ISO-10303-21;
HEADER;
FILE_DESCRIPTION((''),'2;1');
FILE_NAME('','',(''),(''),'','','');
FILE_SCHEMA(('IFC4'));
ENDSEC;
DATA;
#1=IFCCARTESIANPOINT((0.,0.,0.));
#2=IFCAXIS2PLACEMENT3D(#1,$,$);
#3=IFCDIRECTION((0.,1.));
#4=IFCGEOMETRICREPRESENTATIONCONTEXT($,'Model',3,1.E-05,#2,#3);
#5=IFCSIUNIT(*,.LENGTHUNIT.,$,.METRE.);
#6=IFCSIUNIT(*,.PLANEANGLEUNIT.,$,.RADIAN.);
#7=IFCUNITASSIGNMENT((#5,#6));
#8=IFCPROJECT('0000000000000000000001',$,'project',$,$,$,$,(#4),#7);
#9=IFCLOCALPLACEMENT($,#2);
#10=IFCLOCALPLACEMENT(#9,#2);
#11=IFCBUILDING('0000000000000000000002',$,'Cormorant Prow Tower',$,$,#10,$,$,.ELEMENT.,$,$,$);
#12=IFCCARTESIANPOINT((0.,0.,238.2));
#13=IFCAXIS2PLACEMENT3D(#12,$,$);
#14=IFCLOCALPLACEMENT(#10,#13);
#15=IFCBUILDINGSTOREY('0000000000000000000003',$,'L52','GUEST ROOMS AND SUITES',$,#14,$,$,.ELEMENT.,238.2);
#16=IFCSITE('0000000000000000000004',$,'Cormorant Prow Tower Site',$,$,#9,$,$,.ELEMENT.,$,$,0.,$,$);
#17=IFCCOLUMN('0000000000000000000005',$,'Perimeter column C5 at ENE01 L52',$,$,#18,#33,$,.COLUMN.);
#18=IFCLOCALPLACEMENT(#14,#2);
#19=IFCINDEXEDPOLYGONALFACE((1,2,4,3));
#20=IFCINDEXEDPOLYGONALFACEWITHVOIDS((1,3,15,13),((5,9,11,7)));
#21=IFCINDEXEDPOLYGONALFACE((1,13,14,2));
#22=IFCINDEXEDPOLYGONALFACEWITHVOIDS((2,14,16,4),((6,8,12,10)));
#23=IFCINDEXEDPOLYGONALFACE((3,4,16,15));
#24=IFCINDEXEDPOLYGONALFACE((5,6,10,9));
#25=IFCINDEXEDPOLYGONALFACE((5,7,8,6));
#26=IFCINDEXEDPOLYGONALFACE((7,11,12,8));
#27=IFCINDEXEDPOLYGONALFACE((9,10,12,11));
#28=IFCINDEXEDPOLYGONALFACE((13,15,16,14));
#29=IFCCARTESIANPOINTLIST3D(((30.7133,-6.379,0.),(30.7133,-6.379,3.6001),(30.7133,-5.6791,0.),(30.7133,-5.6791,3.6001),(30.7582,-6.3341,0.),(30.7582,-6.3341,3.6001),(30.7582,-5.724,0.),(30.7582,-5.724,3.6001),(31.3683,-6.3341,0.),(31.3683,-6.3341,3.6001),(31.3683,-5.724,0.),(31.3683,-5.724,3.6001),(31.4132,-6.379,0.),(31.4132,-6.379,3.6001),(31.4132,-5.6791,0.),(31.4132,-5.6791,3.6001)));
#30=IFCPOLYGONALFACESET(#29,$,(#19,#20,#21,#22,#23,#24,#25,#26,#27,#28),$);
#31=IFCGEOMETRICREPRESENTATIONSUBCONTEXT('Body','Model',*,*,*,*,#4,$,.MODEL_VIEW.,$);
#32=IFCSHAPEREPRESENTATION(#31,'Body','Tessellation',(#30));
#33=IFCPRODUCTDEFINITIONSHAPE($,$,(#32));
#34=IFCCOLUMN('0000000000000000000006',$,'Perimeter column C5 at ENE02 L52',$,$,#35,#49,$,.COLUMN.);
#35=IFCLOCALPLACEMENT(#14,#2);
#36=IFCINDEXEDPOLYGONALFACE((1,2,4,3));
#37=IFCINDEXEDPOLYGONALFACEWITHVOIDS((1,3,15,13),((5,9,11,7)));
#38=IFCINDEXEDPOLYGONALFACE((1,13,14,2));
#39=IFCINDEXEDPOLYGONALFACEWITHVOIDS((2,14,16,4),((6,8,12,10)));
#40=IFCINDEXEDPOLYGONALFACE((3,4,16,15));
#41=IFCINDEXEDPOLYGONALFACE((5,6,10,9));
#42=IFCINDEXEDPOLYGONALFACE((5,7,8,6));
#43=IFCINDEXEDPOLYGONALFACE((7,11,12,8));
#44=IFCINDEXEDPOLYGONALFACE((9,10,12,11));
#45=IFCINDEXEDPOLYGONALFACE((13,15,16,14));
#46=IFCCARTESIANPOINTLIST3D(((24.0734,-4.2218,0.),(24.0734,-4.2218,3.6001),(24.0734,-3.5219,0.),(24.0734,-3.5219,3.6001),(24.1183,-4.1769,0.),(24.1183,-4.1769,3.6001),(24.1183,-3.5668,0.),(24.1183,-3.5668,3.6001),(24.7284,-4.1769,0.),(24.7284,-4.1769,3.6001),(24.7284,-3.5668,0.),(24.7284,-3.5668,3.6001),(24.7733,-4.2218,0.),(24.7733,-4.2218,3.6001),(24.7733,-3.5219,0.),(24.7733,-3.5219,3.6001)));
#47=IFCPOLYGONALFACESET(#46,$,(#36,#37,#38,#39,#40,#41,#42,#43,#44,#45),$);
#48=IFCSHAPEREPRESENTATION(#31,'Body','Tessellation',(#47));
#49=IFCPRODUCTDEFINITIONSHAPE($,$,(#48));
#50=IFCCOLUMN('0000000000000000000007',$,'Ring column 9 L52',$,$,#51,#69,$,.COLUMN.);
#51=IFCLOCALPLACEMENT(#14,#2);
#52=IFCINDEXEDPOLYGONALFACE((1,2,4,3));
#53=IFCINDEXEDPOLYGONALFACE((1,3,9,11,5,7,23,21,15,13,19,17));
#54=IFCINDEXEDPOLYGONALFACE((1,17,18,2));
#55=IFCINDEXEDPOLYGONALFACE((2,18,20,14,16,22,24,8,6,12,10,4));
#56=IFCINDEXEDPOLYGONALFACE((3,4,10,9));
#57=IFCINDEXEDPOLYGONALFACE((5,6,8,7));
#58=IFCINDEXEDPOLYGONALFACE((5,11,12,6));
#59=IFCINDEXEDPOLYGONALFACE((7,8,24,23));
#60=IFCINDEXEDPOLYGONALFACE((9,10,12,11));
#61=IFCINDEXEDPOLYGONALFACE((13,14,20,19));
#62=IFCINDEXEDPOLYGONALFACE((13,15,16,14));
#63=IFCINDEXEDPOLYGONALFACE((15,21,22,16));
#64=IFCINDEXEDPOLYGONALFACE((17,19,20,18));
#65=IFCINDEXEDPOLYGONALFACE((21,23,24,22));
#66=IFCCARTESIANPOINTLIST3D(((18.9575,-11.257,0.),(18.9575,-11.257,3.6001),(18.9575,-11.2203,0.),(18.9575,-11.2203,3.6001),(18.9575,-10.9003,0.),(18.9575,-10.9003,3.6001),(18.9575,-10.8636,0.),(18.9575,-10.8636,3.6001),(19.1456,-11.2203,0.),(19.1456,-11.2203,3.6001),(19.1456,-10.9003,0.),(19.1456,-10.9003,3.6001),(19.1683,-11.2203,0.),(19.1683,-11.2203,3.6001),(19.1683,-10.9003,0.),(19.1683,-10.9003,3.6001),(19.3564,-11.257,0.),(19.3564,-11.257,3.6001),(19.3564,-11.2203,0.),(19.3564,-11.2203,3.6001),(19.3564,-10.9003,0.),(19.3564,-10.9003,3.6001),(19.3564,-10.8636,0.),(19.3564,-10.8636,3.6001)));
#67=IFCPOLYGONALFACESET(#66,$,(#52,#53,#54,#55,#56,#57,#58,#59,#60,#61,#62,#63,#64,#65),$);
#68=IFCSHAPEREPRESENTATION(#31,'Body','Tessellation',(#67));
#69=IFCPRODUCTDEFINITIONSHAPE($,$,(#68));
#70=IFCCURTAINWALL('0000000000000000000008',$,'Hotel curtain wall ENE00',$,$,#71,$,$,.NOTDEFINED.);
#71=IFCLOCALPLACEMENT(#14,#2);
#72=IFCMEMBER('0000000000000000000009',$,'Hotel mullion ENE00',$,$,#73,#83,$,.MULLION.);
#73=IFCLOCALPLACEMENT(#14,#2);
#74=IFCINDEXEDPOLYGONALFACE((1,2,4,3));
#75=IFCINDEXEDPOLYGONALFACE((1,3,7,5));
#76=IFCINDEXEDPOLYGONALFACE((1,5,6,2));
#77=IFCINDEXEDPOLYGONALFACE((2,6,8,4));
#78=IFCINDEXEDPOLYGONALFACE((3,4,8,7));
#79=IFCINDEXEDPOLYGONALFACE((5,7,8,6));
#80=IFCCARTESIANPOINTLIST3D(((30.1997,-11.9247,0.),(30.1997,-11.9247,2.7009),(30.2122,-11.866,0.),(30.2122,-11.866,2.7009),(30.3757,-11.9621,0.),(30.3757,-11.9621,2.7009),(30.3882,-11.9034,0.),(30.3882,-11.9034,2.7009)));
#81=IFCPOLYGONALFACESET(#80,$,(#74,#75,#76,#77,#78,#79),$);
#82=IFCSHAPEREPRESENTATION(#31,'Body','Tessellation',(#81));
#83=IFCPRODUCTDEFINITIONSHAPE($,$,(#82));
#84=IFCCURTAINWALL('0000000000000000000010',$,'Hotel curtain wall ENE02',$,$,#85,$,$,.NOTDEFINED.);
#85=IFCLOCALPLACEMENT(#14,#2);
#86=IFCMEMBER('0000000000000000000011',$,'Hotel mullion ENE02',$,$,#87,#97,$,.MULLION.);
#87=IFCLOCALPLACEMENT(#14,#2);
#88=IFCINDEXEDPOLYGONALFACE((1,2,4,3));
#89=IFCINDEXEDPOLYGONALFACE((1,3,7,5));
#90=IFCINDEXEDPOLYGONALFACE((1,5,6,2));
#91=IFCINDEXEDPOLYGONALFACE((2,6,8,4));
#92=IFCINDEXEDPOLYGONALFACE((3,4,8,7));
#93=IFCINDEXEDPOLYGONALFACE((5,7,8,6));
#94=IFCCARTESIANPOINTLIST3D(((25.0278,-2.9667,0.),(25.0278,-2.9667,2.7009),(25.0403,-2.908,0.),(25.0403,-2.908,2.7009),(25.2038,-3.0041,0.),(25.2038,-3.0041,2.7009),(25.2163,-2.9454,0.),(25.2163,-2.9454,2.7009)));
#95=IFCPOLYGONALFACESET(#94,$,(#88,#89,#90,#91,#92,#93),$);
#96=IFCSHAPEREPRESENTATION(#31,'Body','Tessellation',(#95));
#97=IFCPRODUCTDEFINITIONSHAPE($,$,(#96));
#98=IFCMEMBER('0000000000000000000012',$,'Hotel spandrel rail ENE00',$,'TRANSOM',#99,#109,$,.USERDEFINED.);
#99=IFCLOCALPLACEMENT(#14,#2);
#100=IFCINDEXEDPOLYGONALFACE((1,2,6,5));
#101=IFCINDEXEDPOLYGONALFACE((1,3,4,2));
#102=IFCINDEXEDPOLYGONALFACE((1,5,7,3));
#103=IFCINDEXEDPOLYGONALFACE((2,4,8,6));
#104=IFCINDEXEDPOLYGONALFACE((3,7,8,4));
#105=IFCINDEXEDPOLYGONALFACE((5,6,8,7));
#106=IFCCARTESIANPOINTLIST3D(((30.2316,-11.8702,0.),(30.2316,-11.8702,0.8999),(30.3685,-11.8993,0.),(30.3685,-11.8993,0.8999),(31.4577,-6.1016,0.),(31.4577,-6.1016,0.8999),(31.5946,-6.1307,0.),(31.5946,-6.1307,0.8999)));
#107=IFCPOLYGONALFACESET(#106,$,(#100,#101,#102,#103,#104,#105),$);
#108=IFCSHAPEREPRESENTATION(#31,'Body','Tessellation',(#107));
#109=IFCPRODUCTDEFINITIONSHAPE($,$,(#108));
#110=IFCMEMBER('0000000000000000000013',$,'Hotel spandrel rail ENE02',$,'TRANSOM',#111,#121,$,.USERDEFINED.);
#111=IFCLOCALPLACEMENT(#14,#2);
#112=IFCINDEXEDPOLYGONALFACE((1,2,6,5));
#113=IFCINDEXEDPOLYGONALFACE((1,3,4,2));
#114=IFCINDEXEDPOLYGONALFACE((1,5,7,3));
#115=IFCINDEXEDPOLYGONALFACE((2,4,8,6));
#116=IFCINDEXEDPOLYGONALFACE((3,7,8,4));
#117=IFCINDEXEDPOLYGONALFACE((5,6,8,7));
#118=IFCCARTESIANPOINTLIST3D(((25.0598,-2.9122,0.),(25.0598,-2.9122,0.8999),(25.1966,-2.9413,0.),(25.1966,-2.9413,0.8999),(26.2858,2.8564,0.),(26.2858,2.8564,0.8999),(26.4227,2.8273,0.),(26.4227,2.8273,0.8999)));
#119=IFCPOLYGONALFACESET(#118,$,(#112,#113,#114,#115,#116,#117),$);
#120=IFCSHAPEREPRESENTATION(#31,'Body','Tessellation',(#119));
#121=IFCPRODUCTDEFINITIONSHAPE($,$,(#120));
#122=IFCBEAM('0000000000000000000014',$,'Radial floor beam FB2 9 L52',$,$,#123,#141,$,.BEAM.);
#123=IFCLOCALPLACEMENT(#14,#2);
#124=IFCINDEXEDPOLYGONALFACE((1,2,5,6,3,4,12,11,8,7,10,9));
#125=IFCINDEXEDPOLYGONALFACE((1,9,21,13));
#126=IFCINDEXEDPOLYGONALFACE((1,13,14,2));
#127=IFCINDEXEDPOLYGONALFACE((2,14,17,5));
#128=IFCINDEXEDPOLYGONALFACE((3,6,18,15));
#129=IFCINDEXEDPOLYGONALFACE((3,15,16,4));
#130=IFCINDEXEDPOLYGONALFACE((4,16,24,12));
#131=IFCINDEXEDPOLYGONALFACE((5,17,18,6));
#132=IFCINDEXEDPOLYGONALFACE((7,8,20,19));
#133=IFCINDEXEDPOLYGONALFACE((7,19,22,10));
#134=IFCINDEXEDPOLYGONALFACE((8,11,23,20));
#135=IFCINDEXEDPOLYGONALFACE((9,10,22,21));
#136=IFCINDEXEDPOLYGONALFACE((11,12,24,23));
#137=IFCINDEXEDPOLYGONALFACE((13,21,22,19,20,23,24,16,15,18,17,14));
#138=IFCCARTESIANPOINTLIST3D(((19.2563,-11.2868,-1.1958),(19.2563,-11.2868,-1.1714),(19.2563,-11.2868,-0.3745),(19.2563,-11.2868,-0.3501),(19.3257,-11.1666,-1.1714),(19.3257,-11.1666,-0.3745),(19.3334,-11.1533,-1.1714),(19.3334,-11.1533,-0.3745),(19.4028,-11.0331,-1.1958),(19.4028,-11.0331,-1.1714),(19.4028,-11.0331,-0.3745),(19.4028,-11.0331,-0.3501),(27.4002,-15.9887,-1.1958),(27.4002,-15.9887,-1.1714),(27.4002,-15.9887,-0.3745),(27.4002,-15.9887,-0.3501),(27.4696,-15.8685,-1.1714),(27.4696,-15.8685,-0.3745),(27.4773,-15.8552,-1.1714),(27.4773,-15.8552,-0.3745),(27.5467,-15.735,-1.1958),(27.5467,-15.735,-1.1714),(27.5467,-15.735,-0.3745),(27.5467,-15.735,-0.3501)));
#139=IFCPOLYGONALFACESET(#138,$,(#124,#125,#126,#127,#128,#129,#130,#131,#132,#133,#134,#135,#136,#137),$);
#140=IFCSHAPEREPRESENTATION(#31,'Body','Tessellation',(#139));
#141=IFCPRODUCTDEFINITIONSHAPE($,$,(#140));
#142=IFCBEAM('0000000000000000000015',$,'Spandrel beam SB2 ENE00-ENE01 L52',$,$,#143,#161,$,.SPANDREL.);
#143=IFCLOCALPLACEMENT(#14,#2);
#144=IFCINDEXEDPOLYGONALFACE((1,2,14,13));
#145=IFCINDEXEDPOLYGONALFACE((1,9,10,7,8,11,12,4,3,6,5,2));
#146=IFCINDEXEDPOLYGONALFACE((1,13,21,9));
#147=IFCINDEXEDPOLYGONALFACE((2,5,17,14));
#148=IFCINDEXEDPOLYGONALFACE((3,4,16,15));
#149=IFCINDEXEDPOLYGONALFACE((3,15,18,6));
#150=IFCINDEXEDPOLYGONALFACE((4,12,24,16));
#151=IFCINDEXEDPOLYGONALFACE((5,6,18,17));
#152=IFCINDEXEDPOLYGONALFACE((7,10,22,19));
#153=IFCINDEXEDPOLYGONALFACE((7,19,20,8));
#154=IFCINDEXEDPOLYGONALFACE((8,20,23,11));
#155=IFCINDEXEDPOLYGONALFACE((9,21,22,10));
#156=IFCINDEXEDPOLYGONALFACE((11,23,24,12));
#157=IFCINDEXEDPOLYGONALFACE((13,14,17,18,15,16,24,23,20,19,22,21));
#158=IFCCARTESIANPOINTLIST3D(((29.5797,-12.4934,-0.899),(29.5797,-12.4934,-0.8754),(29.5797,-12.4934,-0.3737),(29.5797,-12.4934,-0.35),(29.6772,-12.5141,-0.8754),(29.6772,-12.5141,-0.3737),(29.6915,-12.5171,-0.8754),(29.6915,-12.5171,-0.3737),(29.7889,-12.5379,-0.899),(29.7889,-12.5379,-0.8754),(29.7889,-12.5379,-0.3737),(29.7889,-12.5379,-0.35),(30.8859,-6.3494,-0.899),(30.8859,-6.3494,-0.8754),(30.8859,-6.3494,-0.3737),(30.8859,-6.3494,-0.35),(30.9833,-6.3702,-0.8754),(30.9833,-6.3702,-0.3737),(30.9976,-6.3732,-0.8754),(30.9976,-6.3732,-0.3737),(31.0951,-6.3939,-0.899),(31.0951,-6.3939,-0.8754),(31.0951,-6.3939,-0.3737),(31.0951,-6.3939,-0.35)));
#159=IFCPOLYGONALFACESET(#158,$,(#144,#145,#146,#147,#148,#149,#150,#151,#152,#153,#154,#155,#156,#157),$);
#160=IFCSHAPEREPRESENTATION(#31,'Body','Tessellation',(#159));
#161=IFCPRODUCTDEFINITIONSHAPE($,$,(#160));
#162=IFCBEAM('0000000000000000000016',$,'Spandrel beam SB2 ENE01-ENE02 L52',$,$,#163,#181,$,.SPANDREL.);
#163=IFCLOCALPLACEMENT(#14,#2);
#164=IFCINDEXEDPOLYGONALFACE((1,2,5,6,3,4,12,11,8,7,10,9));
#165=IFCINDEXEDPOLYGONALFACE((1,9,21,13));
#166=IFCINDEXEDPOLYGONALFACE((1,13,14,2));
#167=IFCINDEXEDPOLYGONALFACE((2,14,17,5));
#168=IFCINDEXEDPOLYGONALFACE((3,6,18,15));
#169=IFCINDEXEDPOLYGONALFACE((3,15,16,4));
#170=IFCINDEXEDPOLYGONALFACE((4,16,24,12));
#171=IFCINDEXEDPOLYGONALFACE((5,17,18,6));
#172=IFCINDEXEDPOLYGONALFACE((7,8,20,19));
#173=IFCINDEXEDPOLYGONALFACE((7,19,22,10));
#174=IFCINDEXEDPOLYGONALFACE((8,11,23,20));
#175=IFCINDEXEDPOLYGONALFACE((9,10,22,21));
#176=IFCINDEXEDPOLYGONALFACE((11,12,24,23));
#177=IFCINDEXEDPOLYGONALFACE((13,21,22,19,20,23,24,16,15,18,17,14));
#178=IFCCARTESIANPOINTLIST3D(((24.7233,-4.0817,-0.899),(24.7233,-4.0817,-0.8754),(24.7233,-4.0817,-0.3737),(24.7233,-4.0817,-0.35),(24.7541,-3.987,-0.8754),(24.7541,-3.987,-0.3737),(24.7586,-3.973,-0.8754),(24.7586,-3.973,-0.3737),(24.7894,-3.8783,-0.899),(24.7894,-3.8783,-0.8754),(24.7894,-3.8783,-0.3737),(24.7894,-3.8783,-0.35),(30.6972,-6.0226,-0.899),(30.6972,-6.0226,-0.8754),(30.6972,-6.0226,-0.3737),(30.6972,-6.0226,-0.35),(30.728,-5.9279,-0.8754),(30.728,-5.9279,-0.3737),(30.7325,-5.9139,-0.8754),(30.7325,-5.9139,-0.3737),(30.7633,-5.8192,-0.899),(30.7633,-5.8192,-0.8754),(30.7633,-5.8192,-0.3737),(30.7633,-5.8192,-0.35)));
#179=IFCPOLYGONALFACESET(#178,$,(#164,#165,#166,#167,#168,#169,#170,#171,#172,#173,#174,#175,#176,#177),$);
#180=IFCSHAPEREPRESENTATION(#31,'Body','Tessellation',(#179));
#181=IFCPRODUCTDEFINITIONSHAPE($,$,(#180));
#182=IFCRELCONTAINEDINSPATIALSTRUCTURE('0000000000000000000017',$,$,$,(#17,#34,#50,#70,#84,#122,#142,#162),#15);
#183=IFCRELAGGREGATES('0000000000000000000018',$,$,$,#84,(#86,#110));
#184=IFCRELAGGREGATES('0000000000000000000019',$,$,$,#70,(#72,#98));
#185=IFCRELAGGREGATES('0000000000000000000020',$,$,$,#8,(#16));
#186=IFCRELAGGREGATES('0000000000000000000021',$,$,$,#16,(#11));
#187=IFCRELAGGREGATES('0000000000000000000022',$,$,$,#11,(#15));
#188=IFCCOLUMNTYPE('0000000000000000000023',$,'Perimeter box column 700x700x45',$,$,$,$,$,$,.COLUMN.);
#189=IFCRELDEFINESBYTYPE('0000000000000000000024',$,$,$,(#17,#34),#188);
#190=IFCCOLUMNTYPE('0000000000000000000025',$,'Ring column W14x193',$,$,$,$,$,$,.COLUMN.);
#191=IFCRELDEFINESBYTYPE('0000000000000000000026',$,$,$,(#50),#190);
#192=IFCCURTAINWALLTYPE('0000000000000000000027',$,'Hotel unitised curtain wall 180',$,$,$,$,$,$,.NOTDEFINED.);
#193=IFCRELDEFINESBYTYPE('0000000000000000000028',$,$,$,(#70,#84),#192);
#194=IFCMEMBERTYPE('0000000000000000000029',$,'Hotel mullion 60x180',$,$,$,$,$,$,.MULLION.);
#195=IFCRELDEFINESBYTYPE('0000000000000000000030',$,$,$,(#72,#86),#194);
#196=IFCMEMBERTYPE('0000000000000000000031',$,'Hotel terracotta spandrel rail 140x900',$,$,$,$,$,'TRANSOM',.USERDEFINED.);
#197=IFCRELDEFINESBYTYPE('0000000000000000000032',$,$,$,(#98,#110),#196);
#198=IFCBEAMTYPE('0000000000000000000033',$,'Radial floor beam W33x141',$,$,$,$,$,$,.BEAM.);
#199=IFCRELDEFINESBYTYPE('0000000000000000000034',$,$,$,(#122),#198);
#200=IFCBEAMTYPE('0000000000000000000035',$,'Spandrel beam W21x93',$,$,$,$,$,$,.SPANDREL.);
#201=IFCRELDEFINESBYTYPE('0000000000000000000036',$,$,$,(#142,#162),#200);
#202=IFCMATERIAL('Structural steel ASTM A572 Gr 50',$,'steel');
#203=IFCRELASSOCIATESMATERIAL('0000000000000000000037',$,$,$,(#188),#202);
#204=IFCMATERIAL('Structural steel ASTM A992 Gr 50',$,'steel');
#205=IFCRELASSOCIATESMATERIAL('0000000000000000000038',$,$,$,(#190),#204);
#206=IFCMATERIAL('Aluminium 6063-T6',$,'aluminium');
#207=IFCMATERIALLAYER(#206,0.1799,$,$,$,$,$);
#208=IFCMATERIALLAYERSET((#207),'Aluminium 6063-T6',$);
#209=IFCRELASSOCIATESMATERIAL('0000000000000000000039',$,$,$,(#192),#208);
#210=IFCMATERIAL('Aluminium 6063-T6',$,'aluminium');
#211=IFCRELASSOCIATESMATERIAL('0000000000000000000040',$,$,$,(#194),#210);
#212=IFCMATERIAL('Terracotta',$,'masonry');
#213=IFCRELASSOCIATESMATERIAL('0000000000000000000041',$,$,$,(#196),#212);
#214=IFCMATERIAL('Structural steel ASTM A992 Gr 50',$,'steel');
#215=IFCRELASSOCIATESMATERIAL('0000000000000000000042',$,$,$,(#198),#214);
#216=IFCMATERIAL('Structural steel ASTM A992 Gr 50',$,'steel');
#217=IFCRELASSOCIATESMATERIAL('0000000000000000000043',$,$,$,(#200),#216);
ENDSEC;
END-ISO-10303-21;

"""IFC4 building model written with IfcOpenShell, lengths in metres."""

from ifc_helpers import new_model, si_unit, direction, frame, origin, origin_2d, place, context, subcontext, project, spatial, rectangle, hollow_rectangle, i_section, extrude, material, layer, layer_set, material_profile, profile_set, type_object, element, aggregate, save


model = new_model("IFC4")

# Units and contexts
model_context = context("Model", 3, precision=1e-05, world=origin(), true_north=direction((0.0, 1.0)))
body_context = subcontext(model_context, "Body", "Model", "MODEL_VIEW")
ifc_project = project(units=[si_unit("LENGTHUNIT", "METRE"), si_unit("PLANEANGLEUNIT", "RADIAN")], contexts=[model_context])

# Site, building, storey
site_placement = place(None, origin())
site = spatial("IfcSite", under=ifc_project, at=site_placement, Name="Cormorant Prow Tower Site", CompositionType="ELEMENT", RefElevation=0.0)
building_placement = place(site_placement, origin())
building = spatial("IfcBuilding", under=site, at=building_placement, Name="Cormorant Prow Tower", CompositionType="ELEMENT")
storey_placement = place(building_placement, frame((0.0, 0.0, 238.2)))
storey = spatial("IfcBuildingStorey", under=building, at=storey_placement, Name="L52", Description="GUEST ROOMS AND SUITES", CompositionType="ELEMENT", Elevation=238.2)

# Columns
ifc_material_1 = material(Name="Structural steel ASTM A572 Gr 50", Category="steel")
ifc_material_profile_1 = material_profile(ifc_material_1, hollow_rectangle(XDim=0.7, YDim=0.7, WallThickness=0.0449, at=origin_2d()), Name="Box 700x700x45")
ifc_profile_set_1 = profile_set([ifc_material_profile_1], Name="Structural steel ASTM A572 Gr 50")
column_type_1 = type_object("IfcColumnType", Name="Perimeter box column 700x700x45", PredefinedType="COLUMN", material=ifc_profile_set_1)
for number, where, z_axis, x_axis, name in (
    (1, (31.0632, -6.0291, 0.0), (0.0, 0.0, 1.0), (1.0, 0.0, 0.0), "Perimeter column C5 at ENE01 L52"),
    (2, (24.4233, -3.8718, 0.0), (0.0, 0.0, 1.0), (1.0, 0.0, 0.0), "Perimeter column C5 at ENE02 L52"),
):
    element("IfcColumn", number, at=place(storey_placement, frame(where, z_axis=z_axis, x_axis=x_axis)), inside=storey, type_object=column_type_1, Name=name, PredefinedType="COLUMN", context=body_context, shape_type="SweptSolid", body=[
        extrude(hollow_rectangle(XDim=0.7, YDim=0.7, WallThickness=0.0449, at=origin_2d()), origin(), (0.0, 0.0, 1.0), 3.6001),
    ])
ifc_material_2 = material(Name="Structural steel ASTM A992 Gr 50", Category="steel")
ifc_material_profile_2 = material_profile(ifc_material_2, i_section(OverallWidth=0.3989, OverallDepth=0.3933, WebThickness=0.0227, FlangeThickness=0.0366, at=origin_2d()), Name="W14x193")
ifc_profile_set_2 = profile_set([ifc_material_profile_2], Name="Structural steel ASTM A992 Gr 50")
column_type_2 = type_object("IfcColumnType", Name="Ring column W14x193", PredefinedType="COLUMN", material=ifc_profile_set_2)
column_placement = place(storey_placement, frame((19.157, -11.0603, 0.0), z_axis=(0.0, 0.0, 1.0), x_axis=(1.0, 0.0, 0.0)))
element("IfcColumn", 3, at=column_placement, inside=storey, type_object=column_type_2, Name="Ring column 9 L52", PredefinedType="COLUMN", context=body_context, shape_type="SweptSolid", body=[
    extrude(i_section(OverallWidth=0.3989, OverallDepth=0.3933, WebThickness=0.0227, FlangeThickness=0.0366, at=origin_2d()), origin(), (0.0, 0.0, 1.0), 3.6001),
])

# Curtain walls, members
ifc_material_3 = material(Name="Aluminium 6063-T6", Category="aluminium")
ifc_layer_1 = layer(ifc_material_3, 0.1799)
ifc_layer_set_1 = layer_set([ifc_layer_1], Name="Aluminium 6063-T6")
curtain_wall_type = type_object("IfcCurtainWallType", Name="Hotel unitised curtain wall 180", PredefinedType="NOTDEFINED", material=ifc_layer_set_1)
curtain_wall_1_placement = place(storey_placement, origin())
curtain_wall_1 = element("IfcCurtainWall", 4, at=curtain_wall_1_placement, inside=storey, type_object=curtain_wall_type, Name="Hotel curtain wall ENE00", PredefinedType="NOTDEFINED")
ifc_material_4 = material(Name="Aluminium 6063-T6", Category="aluminium")
ifc_material_profile_3 = material_profile(ifc_material_4, rectangle(XDim=0.1799, YDim=0.0601, at=origin_2d()), Name="Hotel mullion 60x180")
ifc_profile_set_3 = profile_set([ifc_material_profile_3], Name="Aluminium 6063-T6")
member_type_1 = type_object("IfcMemberType", Name="Hotel mullion 60x180", PredefinedType="MULLION", material=ifc_profile_set_3)
member_1_placement = place(storey_placement, frame((30.2939, -11.9141, 0.0), z_axis=(0.0, 0.0, 1.0), x_axis=(-0.978148, 0.207912, 0.0)))
member_1 = element("IfcMember", 5, at=member_1_placement, type_object=member_type_1, Name="Hotel mullion ENE00", PredefinedType="MULLION", context=body_context, shape_type="SweptSolid", body=[
    extrude(rectangle(XDim=0.1799, YDim=0.0601, at=origin_2d()), origin(), (0.0, 0.0, 1.0), 2.7009),
])
curtain_wall_2_placement = place(storey_placement, origin())
curtain_wall_2 = element("IfcCurtainWall", 6, at=curtain_wall_2_placement, inside=storey, type_object=curtain_wall_type, Name="Hotel curtain wall ENE02", PredefinedType="NOTDEFINED")
member_2_placement = place(storey_placement, frame((25.1221, -2.9561, 0.0), z_axis=(0.0, 0.0, 1.0), x_axis=(-0.978148, 0.207912, 0.0)))
member_2 = element("IfcMember", 7, at=member_2_placement, type_object=member_type_1, Name="Hotel mullion ENE02", PredefinedType="MULLION", context=body_context, shape_type="SweptSolid", body=[
    extrude(rectangle(XDim=0.1799, YDim=0.0601, at=origin_2d()), origin(), (0.0, 0.0, 1.0), 2.7009),
])

# Members
ifc_material_5 = material(Name="Terracotta", Category="masonry")
ifc_material_profile_4 = material_profile(ifc_material_5, rectangle(XDim=0.1399, YDim=0.8999, at=origin_2d()), Name="Hotel terracotta spandrel rail 140x900")
ifc_profile_set_4 = profile_set([ifc_material_profile_4], Name="Terracotta")
member_type_2 = type_object("IfcMemberType", Name="Hotel terracotta spandrel rail 140x900", ElementType="TRANSOM", PredefinedType="USERDEFINED", material=ifc_profile_set_4)
member_3_placement = place(storey_placement, frame((30.3, -11.8848, 0.45), z_axis=(0.2079, 0.97815, 0.0), x_axis=(-0.97815, 0.2079, 0.0)))
member_3 = element("IfcMember", 8, at=member_3_placement, type_object=member_type_2, Name="Hotel spandrel rail ENE00", ObjectType="TRANSOM", PredefinedType="USERDEFINED", context=body_context, shape_type="SweptSolid", body=[
    extrude(rectangle(XDim=0.1399, YDim=0.8999, at=origin_2d()), origin(), (0.0, 0.0, 1.0), 5.8975),
])
member_4_placement = place(storey_placement, frame((25.1282, -2.9268, 0.45), z_axis=(0.2079, 0.97815, 0.0), x_axis=(-0.97815, 0.2079, 0.0)))
member_4 = element("IfcMember", 9, at=member_4_placement, type_object=member_type_2, Name="Hotel spandrel rail ENE02", ObjectType="TRANSOM", PredefinedType="USERDEFINED", context=body_context, shape_type="SweptSolid", body=[
    extrude(rectangle(XDim=0.1399, YDim=0.8999, at=origin_2d()), origin(), (0.0, 0.0, 1.0), 5.8975),
])
aggregate(curtain_wall_2, [member_2, member_4])

# Beams
ifc_material_6 = material(Name="Structural steel ASTM A992 Gr 50", Category="steel")
ifc_material_profile_5 = material_profile(ifc_material_6, i_section(OverallWidth=0.293, OverallDepth=0.8457, WebThickness=0.0154, FlangeThickness=0.0244, at=origin_2d()), Name="W33x141")
ifc_profile_set_5 = profile_set([ifc_material_profile_5], Name="Structural steel ASTM A992 Gr 50")
beam_type_1 = type_object("IfcBeamType", Name="Radial floor beam W33x141", PredefinedType="BEAM", material=ifc_profile_set_5)
beam_placement = place(storey_placement, frame((19.3296, -11.1599, -0.7729), z_axis=(0.866022, -0.500006, 0.0), x_axis=(0.500006, 0.866022, 0.0)))
element("IfcBeam", 10, at=beam_placement, inside=storey, type_object=beam_type_1, Name="Radial floor beam FB2 9 L52", PredefinedType="BEAM", context=body_context, shape_type="SweptSolid", body=[
    extrude(i_section(OverallWidth=0.293, OverallDepth=0.8457, WebThickness=0.0154, FlangeThickness=0.0244, at=origin_2d()), origin(), (0.0, 0.0, 1.0), 9.4038),
])
ifc_material_7 = material(Name="Structural steel ASTM A992 Gr 50", Category="steel")
ifc_material_profile_6 = material_profile(ifc_material_7, i_section(OverallWidth=0.2139, OverallDepth=0.5491, WebThickness=0.0146, FlangeThickness=0.0237, at=origin_2d()), Name="W21x93")
ifc_profile_set_6 = profile_set([ifc_material_profile_6], Name="Structural steel ASTM A992 Gr 50")
beam_type_2 = type_object("IfcBeamType", Name="Spandrel beam W21x93", PredefinedType="SPANDREL", material=ifc_profile_set_6)
for number, where, z_axis, x_axis, name in (
    (11, (29.6843, -12.5156, -0.6245), (0.207941, 0.978141, 0.0), (-0.978141, 0.207941, 0.0), "Spandrel beam SB2 ENE00-ENE01 L52"),
    (12, (30.7302, -5.9209, -0.6245), (-0.951062, 0.309001, 0.0), (-0.309001, -0.951062, 0.0), "Spandrel beam SB2 ENE01-ENE02 L52"),
):
    element("IfcBeam", number, at=place(storey_placement, frame(where, z_axis=z_axis, x_axis=x_axis)), inside=storey, type_object=beam_type_2, Name=name, PredefinedType="SPANDREL", context=body_context, shape_type="SweptSolid", body=[
        extrude(i_section(OverallWidth=0.2139, OverallDepth=0.5491, WebThickness=0.0146, FlangeThickness=0.0237, at=origin_2d()), origin(), (0.0, 0.0, 1.0), 6.2812),
    ])

aggregate(curtain_wall_1, [member_1, member_3])

save(model, "model.ifc")
